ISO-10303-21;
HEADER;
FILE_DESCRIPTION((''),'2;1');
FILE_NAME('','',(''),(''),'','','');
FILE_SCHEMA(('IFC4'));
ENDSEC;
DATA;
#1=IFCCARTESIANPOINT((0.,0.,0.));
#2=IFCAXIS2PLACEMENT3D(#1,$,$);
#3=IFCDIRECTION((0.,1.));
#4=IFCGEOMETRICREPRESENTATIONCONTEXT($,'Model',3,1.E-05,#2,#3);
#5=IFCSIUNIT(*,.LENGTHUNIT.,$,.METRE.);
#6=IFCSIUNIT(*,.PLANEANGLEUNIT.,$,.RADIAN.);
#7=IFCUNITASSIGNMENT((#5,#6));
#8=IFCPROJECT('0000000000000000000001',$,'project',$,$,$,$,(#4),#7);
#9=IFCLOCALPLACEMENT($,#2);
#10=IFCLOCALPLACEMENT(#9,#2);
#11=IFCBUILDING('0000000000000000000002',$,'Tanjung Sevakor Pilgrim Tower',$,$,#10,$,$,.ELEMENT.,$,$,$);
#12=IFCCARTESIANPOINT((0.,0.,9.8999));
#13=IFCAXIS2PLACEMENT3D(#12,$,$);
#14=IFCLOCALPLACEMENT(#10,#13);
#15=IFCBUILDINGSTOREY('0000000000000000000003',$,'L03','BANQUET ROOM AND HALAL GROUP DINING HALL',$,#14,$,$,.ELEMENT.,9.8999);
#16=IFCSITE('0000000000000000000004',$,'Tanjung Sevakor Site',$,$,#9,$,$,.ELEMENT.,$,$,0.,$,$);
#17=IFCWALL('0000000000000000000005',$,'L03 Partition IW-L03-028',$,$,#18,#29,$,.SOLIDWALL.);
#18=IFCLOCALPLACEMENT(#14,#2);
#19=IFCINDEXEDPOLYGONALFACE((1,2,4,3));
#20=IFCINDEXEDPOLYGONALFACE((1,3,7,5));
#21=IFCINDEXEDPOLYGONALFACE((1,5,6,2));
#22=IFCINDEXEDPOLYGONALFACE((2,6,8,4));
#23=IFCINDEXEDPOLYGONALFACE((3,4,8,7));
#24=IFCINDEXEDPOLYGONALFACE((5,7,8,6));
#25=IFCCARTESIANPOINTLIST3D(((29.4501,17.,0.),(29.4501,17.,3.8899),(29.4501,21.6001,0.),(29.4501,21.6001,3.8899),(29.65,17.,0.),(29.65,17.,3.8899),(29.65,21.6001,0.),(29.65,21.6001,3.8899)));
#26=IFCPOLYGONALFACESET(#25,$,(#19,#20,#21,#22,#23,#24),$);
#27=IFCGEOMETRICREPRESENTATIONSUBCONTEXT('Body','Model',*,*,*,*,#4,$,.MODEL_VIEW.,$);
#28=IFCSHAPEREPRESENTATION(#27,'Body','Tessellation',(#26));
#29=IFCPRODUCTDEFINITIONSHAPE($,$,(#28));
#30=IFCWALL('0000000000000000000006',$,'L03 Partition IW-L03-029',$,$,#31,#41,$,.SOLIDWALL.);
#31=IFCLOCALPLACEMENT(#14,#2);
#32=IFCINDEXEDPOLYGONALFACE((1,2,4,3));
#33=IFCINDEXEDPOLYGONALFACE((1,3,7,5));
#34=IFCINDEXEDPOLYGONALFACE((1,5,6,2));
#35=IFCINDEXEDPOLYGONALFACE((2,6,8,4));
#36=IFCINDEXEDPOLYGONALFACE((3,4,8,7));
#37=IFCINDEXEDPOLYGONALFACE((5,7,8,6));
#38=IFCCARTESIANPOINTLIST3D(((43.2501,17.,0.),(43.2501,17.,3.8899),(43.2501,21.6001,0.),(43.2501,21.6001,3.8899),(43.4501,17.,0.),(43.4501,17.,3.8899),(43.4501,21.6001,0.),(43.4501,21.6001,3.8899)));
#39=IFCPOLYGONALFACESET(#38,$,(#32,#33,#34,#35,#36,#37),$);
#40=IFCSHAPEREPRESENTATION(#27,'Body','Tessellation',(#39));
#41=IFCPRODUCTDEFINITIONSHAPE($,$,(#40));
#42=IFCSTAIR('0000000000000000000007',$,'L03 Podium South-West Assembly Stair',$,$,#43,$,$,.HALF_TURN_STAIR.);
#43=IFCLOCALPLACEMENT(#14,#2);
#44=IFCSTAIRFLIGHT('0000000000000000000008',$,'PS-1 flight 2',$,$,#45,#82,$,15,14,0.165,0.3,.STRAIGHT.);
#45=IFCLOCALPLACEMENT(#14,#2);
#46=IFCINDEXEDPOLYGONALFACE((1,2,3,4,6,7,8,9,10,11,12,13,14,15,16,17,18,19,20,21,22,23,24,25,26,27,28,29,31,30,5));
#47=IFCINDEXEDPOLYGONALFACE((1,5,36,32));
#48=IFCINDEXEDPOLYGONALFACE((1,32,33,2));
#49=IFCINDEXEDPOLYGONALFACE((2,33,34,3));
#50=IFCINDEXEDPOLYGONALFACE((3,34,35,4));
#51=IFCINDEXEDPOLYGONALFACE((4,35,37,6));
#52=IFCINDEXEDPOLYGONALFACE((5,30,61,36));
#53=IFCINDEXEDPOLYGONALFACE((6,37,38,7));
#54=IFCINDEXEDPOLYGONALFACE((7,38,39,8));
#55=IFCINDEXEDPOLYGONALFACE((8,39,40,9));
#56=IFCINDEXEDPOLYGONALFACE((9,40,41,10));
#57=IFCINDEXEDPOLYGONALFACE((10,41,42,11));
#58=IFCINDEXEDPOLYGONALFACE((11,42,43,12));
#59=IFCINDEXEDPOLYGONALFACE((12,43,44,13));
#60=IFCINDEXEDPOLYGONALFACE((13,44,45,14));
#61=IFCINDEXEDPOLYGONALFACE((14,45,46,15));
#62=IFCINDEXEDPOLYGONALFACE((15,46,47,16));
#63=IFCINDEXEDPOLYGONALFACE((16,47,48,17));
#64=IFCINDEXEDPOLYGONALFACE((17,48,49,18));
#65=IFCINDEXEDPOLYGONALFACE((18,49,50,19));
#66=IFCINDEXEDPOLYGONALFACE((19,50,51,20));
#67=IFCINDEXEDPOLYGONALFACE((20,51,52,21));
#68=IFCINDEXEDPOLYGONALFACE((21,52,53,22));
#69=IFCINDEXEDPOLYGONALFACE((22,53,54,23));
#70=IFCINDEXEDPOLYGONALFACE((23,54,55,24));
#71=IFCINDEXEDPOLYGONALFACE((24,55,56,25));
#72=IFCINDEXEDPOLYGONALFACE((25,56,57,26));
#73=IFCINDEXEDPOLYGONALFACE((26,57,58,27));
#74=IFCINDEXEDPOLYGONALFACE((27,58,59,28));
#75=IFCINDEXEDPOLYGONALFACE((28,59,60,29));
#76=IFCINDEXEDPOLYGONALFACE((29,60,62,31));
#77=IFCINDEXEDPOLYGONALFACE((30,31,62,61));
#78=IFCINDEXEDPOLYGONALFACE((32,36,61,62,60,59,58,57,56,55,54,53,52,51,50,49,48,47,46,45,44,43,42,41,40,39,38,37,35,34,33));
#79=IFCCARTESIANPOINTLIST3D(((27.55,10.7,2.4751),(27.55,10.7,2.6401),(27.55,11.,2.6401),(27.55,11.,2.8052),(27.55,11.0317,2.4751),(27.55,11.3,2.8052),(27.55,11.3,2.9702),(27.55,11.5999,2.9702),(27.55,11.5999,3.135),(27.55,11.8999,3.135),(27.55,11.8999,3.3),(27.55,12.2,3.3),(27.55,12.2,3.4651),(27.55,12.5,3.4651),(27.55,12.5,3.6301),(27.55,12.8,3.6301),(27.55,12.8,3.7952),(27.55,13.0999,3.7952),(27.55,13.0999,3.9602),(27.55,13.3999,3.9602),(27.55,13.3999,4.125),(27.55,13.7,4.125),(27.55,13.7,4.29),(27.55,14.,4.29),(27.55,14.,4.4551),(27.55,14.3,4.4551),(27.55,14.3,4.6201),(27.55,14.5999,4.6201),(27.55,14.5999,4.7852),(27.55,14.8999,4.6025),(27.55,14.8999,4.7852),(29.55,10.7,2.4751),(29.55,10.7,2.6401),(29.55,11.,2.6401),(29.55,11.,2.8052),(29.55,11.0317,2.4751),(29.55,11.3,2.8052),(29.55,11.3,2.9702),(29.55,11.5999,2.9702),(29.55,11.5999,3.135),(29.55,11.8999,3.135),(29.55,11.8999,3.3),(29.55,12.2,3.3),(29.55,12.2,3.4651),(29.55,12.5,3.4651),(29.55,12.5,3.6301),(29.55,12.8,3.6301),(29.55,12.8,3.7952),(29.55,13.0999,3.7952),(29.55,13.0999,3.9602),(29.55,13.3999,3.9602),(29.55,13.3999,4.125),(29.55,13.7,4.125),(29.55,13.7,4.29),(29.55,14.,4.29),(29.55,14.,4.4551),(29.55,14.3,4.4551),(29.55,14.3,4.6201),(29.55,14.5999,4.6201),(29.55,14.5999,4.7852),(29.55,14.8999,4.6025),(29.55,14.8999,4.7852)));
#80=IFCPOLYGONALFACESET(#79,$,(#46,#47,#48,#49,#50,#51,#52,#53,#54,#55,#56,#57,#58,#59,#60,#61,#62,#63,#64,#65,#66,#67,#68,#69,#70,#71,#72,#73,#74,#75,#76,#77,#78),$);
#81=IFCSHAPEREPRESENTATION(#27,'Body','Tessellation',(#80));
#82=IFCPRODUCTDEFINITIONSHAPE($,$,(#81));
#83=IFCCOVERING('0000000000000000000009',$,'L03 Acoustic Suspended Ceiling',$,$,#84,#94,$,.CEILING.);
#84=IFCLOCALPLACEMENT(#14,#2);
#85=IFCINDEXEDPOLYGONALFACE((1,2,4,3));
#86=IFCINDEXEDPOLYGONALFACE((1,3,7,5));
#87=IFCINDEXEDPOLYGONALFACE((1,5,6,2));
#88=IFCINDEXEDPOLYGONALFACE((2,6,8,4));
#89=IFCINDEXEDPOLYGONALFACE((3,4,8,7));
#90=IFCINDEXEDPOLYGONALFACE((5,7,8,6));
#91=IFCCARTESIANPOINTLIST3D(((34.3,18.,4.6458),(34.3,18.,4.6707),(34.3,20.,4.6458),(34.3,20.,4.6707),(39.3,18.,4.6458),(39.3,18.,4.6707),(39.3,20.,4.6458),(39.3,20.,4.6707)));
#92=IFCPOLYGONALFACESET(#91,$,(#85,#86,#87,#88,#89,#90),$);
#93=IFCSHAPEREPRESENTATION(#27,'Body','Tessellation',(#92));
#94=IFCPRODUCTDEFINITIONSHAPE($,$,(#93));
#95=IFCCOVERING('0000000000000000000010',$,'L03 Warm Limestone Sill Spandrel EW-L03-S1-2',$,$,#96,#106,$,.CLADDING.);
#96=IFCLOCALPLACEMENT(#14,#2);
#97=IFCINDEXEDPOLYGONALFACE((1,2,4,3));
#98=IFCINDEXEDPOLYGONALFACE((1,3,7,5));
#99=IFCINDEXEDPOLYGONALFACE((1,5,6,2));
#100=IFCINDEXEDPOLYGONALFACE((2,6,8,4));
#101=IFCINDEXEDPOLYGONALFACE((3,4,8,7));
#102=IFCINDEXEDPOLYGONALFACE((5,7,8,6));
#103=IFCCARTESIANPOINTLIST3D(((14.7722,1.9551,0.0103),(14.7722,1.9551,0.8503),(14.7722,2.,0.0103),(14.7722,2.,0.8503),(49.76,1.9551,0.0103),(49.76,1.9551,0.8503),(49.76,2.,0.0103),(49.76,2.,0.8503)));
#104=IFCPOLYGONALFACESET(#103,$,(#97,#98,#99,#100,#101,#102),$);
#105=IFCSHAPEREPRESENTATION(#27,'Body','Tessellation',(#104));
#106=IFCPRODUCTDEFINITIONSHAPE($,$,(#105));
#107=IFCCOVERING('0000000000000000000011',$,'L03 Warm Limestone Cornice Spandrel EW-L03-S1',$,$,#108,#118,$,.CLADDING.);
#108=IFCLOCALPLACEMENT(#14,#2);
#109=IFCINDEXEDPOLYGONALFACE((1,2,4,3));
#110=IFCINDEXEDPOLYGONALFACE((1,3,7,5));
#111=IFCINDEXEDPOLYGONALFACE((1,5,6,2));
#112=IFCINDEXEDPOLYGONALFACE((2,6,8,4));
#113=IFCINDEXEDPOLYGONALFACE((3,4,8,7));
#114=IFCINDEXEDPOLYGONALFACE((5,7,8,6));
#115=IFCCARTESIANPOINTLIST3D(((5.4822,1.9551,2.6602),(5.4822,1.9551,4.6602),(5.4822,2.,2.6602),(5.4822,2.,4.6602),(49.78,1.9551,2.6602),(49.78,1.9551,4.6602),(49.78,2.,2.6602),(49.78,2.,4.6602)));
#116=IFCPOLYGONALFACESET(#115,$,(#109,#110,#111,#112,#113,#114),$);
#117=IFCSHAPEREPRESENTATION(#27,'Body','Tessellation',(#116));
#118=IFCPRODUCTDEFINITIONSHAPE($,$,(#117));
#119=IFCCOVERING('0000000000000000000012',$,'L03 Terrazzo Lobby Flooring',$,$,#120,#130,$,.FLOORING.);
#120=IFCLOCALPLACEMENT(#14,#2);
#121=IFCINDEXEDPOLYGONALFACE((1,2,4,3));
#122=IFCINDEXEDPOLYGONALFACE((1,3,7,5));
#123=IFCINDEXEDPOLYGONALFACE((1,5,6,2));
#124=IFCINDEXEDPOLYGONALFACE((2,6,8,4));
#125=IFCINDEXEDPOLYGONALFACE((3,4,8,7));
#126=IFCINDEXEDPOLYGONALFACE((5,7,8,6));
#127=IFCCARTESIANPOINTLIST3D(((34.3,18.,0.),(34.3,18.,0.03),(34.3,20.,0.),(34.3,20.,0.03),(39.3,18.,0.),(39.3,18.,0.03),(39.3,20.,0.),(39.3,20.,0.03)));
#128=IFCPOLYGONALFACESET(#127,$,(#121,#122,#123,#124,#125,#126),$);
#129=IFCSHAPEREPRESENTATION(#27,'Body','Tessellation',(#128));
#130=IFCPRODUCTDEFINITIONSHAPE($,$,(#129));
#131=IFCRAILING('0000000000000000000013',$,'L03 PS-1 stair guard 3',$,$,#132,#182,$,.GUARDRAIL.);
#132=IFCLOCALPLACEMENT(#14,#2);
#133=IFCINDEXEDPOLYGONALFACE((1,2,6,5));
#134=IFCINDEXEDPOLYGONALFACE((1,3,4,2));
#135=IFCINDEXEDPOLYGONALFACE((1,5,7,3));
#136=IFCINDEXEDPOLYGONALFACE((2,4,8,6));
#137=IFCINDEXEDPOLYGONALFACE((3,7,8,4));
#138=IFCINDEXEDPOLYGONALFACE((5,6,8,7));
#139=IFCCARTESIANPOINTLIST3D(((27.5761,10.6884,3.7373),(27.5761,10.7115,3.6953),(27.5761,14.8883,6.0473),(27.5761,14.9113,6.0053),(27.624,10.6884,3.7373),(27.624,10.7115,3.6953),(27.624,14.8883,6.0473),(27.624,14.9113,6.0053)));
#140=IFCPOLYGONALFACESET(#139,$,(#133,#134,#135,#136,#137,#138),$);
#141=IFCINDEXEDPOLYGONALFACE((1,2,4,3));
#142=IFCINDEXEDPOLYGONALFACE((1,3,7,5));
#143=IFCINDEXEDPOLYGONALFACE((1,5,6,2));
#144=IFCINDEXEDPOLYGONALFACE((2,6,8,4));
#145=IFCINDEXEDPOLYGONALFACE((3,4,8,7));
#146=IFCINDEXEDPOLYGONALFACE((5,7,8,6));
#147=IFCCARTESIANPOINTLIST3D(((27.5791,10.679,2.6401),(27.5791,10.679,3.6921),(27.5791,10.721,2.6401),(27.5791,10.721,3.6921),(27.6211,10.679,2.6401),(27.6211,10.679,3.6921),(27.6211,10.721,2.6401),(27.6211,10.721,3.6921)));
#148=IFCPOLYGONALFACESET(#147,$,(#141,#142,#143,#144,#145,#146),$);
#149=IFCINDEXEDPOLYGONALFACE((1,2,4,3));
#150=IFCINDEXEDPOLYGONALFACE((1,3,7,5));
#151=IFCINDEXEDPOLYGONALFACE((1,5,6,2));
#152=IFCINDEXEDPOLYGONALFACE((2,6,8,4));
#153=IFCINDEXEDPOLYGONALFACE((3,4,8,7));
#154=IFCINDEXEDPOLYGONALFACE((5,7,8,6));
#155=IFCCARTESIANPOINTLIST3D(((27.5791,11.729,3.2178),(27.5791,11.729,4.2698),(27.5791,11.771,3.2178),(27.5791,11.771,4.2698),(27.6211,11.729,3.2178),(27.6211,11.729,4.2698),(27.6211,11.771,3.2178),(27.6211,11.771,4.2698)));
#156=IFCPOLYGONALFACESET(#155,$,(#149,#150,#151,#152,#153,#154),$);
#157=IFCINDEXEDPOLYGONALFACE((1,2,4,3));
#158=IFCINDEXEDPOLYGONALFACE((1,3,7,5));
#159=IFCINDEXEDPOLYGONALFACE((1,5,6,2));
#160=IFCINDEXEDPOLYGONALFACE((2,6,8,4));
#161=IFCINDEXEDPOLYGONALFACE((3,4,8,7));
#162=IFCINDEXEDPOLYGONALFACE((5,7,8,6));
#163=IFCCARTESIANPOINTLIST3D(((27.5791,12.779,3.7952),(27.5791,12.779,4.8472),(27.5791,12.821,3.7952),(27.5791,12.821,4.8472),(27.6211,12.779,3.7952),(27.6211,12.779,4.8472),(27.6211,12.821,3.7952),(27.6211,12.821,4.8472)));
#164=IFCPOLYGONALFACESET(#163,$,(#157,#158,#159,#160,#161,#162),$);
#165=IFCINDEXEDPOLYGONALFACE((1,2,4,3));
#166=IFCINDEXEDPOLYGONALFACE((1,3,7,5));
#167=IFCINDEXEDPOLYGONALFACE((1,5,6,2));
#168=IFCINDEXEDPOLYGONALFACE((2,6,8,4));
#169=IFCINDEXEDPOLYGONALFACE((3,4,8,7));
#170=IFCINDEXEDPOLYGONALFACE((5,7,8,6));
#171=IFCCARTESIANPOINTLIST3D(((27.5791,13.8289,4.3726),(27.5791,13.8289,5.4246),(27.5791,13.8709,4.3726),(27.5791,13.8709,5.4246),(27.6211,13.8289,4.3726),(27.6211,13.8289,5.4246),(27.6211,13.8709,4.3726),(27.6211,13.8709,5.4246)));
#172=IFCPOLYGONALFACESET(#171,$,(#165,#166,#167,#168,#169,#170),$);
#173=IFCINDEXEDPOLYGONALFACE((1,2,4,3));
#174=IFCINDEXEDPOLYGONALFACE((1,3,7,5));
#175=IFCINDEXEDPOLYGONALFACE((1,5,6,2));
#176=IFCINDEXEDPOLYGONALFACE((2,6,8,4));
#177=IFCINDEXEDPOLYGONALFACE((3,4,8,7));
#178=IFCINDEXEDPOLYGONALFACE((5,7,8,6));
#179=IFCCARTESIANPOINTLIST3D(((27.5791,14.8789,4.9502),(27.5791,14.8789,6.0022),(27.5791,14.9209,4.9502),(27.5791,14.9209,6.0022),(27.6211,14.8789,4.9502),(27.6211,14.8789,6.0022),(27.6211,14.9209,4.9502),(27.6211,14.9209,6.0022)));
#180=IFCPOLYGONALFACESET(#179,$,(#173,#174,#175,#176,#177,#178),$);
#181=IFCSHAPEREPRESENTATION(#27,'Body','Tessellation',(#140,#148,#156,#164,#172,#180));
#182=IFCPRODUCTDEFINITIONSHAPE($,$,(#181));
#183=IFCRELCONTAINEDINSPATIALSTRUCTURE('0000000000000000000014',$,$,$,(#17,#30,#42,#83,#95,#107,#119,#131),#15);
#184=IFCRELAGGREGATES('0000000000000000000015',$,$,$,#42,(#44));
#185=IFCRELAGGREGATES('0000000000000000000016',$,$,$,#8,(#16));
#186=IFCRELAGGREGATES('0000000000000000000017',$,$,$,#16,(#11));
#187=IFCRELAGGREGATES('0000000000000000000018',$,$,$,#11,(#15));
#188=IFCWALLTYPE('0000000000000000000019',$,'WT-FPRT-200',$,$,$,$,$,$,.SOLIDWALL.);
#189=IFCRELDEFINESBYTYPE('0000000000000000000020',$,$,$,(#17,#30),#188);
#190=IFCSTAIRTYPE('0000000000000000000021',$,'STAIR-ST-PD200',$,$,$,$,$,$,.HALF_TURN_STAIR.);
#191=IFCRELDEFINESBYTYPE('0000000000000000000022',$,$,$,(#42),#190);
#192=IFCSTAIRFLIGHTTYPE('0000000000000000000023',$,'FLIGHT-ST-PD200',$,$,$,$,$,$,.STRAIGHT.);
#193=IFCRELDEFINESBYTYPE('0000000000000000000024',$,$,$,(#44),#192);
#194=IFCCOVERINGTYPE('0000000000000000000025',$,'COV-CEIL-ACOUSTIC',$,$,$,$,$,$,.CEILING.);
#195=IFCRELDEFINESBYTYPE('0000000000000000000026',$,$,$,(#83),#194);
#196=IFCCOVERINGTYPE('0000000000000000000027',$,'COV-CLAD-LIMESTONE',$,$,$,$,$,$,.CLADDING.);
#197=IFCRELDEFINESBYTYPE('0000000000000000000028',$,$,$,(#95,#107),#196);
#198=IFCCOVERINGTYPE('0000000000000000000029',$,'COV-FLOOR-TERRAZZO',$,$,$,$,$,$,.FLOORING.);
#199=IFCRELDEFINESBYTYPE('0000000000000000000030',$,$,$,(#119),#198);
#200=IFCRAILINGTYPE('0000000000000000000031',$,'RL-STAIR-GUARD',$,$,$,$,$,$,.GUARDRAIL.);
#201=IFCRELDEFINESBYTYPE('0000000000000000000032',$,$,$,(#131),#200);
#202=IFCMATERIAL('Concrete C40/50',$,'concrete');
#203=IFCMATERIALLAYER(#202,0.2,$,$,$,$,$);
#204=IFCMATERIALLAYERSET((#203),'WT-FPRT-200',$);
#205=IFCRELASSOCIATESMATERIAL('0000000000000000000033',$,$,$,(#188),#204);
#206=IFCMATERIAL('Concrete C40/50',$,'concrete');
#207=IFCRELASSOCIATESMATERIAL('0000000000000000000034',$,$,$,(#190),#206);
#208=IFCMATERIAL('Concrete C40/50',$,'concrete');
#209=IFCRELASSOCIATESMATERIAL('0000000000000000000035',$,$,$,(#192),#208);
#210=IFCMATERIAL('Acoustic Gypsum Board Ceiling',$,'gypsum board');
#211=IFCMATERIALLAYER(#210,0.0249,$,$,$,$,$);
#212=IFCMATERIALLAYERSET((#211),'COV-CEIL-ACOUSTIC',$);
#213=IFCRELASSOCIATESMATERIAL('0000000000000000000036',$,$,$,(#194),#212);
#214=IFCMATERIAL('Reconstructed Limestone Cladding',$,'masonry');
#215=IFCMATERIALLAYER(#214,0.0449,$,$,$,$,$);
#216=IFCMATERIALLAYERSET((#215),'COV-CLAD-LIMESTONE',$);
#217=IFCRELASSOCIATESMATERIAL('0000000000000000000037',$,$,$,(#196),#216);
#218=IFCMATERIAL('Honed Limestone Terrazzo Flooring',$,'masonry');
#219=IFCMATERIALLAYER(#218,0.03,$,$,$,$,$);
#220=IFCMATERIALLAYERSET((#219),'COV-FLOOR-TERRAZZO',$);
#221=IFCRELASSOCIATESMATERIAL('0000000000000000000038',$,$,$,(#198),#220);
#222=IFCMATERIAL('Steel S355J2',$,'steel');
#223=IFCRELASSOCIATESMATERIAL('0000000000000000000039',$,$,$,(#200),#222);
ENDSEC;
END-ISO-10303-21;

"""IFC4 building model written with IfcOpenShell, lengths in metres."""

from ifc_helpers import new_model, si_unit, direction, frame, frame_2d, origin, origin_2d, place, context, subcontext, project, spatial, polyline, rectangle, outline, extrude, material, layer, layer_set, type_object, element, aggregate, save


model = new_model("IFC4")

# Units and contexts
model_context = context("Model", 3, precision=1e-05, world=origin(), true_north=direction((0.0, 1.0)))
body_context = subcontext(model_context, "Body", "Model", "MODEL_VIEW")
ifc_project = project(units=[si_unit("LENGTHUNIT", "METRE"), si_unit("PLANEANGLEUNIT", "RADIAN")], contexts=[model_context])

# Site, building, storey
site_placement = place(None, origin())
site = spatial("IfcSite", under=ifc_project, at=site_placement, Name="Tanjung Sevakor Site", CompositionType="ELEMENT", RefElevation=0.0)
building_placement = place(site_placement, origin())
building = spatial("IfcBuilding", under=site, at=building_placement, Name="Tanjung Sevakor Pilgrim Tower", CompositionType="ELEMENT")
storey_placement = place(building_placement, frame((0.0, 0.0, 9.8999)))
storey = spatial("IfcBuildingStorey", under=building, at=storey_placement, Name="L03", Description="BANQUET ROOM AND HALAL GROUP DINING HALL", CompositionType="ELEMENT", Elevation=9.8999)

# Walls
ifc_material_1 = material(Name="Concrete C40/50", Category="concrete")
ifc_layer_1 = layer(ifc_material_1, 0.2)
ifc_layer_set_1 = layer_set([ifc_layer_1], Name="WT-FPRT-200")
wall_type_1 = type_object("IfcWallType", Name="WT-FPRT-200", PredefinedType="SOLIDWALL", material=ifc_layer_set_1)
for number, where, z_axis, x_axis, name in (
    (1, (29.55, 17.0, 0.0), (0.0, 0.0, 1.0), (0.0, 1.0, 0.0), "L03 Partition IW-L03-028"),
    (2, (43.3501, 17.0, 0.0), (0.0, 0.0, 1.0), (0.0, 1.0, 0.0), "L03 Partition IW-L03-029"),
):
    element("IfcWall", number, at=place(storey_placement, frame(where, z_axis=z_axis, x_axis=x_axis)), inside=storey, type_object=wall_type_1, Name=name, PredefinedType="SOLIDWALL", context=body_context, shape_type="SweptSolid", body=[
        extrude(rectangle(XDim=4.6001, YDim=0.2, at=frame_2d((2.3, 0.0))), origin(), (0.0, 0.0, 1.0), 3.8899),
    ])

# Stair, stair flight
ifc_material_2 = material(Name="Concrete C40/50", Category="concrete")
stair_type = type_object("IfcStairType", Name="STAIR-ST-PD200", PredefinedType="HALF_TURN_STAIR", material=ifc_material_2)
stair_placement = place(storey_placement, origin())
stair = element("IfcStair", 3, at=stair_placement, inside=storey, type_object=stair_type, Name="L03 Podium South-West Assembly Stair", PredefinedType="HALF_TURN_STAIR")
ifc_material_3 = material(Name="Concrete C40/50", Category="concrete")
stair_flight_type = type_object("IfcStairFlightType", Name="FLIGHT-ST-PD200", PredefinedType="STRAIGHT", material=ifc_material_3)
stair_flight_placement = place(storey_placement, frame((28.55, 10.7, 2.4751), z_axis=(0.0, 0.0, 1.0), x_axis=(0.0, 1.0, 0.0)))
stair_flight = element("IfcStairFlight", 4, at=stair_flight_placement, type_object=stair_flight_type, Name="PS-1 flight 2", NumberOfRisers=15, NumberOfTreads=14, PredefinedType="STRAIGHT", RiserHeight=0.165, TreadLength=0.3, context=body_context, shape_type="SweptSolid", body=[
    extrude(outline(polyline([(0.0, 0.0), (0.0, 0.165), (0.3, 0.165), (0.3, 0.3301), (0.6001, 0.3301), (0.6001, 0.4951), (0.8999, 0.4951), (0.8999, 0.6599), (1.2, 0.6599), (1.2, 0.825), (1.5, 0.825), (1.5, 0.99), (1.8, 0.99), (1.8, 1.155), (2.1001, 1.155), (2.1001, 1.3201), (2.3999, 1.3201), (2.3999, 1.4851), (2.7, 1.4851), (2.7, 1.6499), (3.0, 1.6499), (3.0, 1.8149), (3.3, 1.8149), (3.3, 1.98), (3.6001, 1.98), (3.6001, 2.145), (3.8999, 2.145), (3.8999, 2.3101), (4.2, 2.3101), (4.2, 2.4751), (4.2, 2.1274), (0.3318, 0.0), (0.0, 0.0)])), frame((0.0, 1.0, 0.0), z_axis=(0.0, -1.0, 0.0), x_axis=(1.0, 0.0, 0.0)), (0.0, 0.0, 1.0), 2.0),
])
aggregate(stair, [stair_flight])

# Coverings
ifc_material_4 = material(Name="Acoustic Gypsum Board Ceiling", Category="gypsum board")
ifc_layer_2 = layer(ifc_material_4, 0.0249)
ifc_layer_set_2 = layer_set([ifc_layer_2], Name="COV-CEIL-ACOUSTIC")
covering_type_1 = type_object("IfcCoveringType", Name="COV-CEIL-ACOUSTIC", PredefinedType="CEILING", material=ifc_layer_set_2)
covering_1_placement = place(storey_placement, frame((36.8, 19.0, 4.6458), z_axis=(0.0, 0.0, 1.0), x_axis=(1.0, 0.0, 0.0)))
element("IfcCovering", 5, at=covering_1_placement, inside=storey, type_object=covering_type_1, Name="L03 Acoustic Suspended Ceiling", PredefinedType="CEILING", context=body_context, shape_type="SweptSolid", body=[
    extrude(rectangle(XDim=5.0, YDim=2.0, at=origin_2d()), origin(), (0.0, 0.0, 1.0), 0.0249),
])
ifc_material_5 = material(Name="Reconstructed Limestone Cladding", Category="masonry")
ifc_layer_3 = layer(ifc_material_5, 0.0449)
ifc_layer_set_3 = layer_set([ifc_layer_3], Name="COV-CLAD-LIMESTONE")
covering_type_2 = type_object("IfcCoveringType", Name="COV-CLAD-LIMESTONE", PredefinedType="CLADDING", material=ifc_layer_set_3)
covering_2_placement = place(storey_placement, frame((32.2661, 1.9775, 0.0103), z_axis=(0.0, 0.0, 1.0), x_axis=(1.0, 0.0, 0.0)))
element("IfcCovering", 6, at=covering_2_placement, inside=storey, type_object=covering_type_2, Name="L03 Warm Limestone Sill Spandrel EW-L03-S1-2", PredefinedType="CLADDING", context=body_context, shape_type="SweptSolid", body=[
    extrude(rectangle(XDim=34.9878, YDim=0.0449, at=origin_2d()), origin(), (0.0, 0.0, 1.0), 0.8401),
])
covering_3_placement = place(storey_placement, frame((27.6311, 1.9775, 2.6602), z_axis=(0.0, 0.0, 1.0), x_axis=(1.0, 0.0, 0.0)))
element("IfcCovering", 7, at=covering_3_placement, inside=storey, type_object=covering_type_2, Name="L03 Warm Limestone Cornice Spandrel EW-L03-S1", PredefinedType="CLADDING", context=body_context, shape_type="SweptSolid", body=[
    extrude(rectangle(XDim=44.2979, YDim=0.0449, at=origin_2d()), origin(), (0.0, 0.0, 1.0), 2.0),
])
ifc_material_6 = material(Name="Honed Limestone Terrazzo Flooring", Category="masonry")
ifc_layer_4 = layer(ifc_material_6, 0.03)
ifc_layer_set_4 = layer_set([ifc_layer_4], Name="COV-FLOOR-TERRAZZO")
covering_type_3 = type_object("IfcCoveringType", Name="COV-FLOOR-TERRAZZO", PredefinedType="FLOORING", material=ifc_layer_set_4)
covering_4_placement = place(storey_placement, frame((36.8, 19.0, 0.0), z_axis=(0.0, 0.0, 1.0), x_axis=(1.0, 0.0, 0.0)))
element("IfcCovering", 8, at=covering_4_placement, inside=storey, type_object=covering_type_3, Name="L03 Terrazzo Lobby Flooring", PredefinedType="FLOORING", context=body_context, shape_type="SweptSolid", body=[
    extrude(rectangle(XDim=5.0, YDim=2.0, at=origin_2d()), origin(), (0.0, 0.0, 1.0), 0.03),
])

# Railing
ifc_material_7 = material(Name="Steel S355J2", Category="steel")
railing_type_1 = type_object("IfcRailingType", Name="RL-STAIR-GUARD", PredefinedType="GUARDRAIL", material=ifc_material_7)
railing_1_placement = place(storey_placement, frame((27.6001, 10.7, 2.6401)))
element("IfcRailing", 9, at=railing_1_placement, inside=storey, type_object=railing_type_1, Name="L03 PS-1 stair guard 3", PredefinedType="GUARDRAIL", context=body_context, shape_type="SweptSolid", body=[
    extrude(rectangle(XDim=0.0479, YDim=0.0479), frame((0.0, 0.0, 1.0762), z_axis=(0.0, 0.876208, 0.481932), x_axis=(-1.0, 0.0, 0.0)), (0.0, 0.0, 1.0), 4.7932),
    extrude(rectangle(XDim=0.042, YDim=0.042), origin(), (0.0, 0.0, 1.0), 1.052),
    extrude(rectangle(XDim=0.042, YDim=0.042), frame((0.0, 1.05, 0.5776)), (0.0, 0.0, 1.0), 1.052),
    extrude(rectangle(XDim=0.042, YDim=0.042), frame((0.0, 2.1001, 1.155)), (0.0, 0.0, 1.0), 1.052),
    extrude(rectangle(XDim=0.042, YDim=0.042), frame((0.0, 3.1499, 1.7324)), (0.0, 0.0, 1.0), 1.052),
    extrude(rectangle(XDim=0.042, YDim=0.042), frame((0.0, 4.2, 2.3101)), (0.0, 0.0, 1.0), 1.052),
])

save(model, "model.ifc")
